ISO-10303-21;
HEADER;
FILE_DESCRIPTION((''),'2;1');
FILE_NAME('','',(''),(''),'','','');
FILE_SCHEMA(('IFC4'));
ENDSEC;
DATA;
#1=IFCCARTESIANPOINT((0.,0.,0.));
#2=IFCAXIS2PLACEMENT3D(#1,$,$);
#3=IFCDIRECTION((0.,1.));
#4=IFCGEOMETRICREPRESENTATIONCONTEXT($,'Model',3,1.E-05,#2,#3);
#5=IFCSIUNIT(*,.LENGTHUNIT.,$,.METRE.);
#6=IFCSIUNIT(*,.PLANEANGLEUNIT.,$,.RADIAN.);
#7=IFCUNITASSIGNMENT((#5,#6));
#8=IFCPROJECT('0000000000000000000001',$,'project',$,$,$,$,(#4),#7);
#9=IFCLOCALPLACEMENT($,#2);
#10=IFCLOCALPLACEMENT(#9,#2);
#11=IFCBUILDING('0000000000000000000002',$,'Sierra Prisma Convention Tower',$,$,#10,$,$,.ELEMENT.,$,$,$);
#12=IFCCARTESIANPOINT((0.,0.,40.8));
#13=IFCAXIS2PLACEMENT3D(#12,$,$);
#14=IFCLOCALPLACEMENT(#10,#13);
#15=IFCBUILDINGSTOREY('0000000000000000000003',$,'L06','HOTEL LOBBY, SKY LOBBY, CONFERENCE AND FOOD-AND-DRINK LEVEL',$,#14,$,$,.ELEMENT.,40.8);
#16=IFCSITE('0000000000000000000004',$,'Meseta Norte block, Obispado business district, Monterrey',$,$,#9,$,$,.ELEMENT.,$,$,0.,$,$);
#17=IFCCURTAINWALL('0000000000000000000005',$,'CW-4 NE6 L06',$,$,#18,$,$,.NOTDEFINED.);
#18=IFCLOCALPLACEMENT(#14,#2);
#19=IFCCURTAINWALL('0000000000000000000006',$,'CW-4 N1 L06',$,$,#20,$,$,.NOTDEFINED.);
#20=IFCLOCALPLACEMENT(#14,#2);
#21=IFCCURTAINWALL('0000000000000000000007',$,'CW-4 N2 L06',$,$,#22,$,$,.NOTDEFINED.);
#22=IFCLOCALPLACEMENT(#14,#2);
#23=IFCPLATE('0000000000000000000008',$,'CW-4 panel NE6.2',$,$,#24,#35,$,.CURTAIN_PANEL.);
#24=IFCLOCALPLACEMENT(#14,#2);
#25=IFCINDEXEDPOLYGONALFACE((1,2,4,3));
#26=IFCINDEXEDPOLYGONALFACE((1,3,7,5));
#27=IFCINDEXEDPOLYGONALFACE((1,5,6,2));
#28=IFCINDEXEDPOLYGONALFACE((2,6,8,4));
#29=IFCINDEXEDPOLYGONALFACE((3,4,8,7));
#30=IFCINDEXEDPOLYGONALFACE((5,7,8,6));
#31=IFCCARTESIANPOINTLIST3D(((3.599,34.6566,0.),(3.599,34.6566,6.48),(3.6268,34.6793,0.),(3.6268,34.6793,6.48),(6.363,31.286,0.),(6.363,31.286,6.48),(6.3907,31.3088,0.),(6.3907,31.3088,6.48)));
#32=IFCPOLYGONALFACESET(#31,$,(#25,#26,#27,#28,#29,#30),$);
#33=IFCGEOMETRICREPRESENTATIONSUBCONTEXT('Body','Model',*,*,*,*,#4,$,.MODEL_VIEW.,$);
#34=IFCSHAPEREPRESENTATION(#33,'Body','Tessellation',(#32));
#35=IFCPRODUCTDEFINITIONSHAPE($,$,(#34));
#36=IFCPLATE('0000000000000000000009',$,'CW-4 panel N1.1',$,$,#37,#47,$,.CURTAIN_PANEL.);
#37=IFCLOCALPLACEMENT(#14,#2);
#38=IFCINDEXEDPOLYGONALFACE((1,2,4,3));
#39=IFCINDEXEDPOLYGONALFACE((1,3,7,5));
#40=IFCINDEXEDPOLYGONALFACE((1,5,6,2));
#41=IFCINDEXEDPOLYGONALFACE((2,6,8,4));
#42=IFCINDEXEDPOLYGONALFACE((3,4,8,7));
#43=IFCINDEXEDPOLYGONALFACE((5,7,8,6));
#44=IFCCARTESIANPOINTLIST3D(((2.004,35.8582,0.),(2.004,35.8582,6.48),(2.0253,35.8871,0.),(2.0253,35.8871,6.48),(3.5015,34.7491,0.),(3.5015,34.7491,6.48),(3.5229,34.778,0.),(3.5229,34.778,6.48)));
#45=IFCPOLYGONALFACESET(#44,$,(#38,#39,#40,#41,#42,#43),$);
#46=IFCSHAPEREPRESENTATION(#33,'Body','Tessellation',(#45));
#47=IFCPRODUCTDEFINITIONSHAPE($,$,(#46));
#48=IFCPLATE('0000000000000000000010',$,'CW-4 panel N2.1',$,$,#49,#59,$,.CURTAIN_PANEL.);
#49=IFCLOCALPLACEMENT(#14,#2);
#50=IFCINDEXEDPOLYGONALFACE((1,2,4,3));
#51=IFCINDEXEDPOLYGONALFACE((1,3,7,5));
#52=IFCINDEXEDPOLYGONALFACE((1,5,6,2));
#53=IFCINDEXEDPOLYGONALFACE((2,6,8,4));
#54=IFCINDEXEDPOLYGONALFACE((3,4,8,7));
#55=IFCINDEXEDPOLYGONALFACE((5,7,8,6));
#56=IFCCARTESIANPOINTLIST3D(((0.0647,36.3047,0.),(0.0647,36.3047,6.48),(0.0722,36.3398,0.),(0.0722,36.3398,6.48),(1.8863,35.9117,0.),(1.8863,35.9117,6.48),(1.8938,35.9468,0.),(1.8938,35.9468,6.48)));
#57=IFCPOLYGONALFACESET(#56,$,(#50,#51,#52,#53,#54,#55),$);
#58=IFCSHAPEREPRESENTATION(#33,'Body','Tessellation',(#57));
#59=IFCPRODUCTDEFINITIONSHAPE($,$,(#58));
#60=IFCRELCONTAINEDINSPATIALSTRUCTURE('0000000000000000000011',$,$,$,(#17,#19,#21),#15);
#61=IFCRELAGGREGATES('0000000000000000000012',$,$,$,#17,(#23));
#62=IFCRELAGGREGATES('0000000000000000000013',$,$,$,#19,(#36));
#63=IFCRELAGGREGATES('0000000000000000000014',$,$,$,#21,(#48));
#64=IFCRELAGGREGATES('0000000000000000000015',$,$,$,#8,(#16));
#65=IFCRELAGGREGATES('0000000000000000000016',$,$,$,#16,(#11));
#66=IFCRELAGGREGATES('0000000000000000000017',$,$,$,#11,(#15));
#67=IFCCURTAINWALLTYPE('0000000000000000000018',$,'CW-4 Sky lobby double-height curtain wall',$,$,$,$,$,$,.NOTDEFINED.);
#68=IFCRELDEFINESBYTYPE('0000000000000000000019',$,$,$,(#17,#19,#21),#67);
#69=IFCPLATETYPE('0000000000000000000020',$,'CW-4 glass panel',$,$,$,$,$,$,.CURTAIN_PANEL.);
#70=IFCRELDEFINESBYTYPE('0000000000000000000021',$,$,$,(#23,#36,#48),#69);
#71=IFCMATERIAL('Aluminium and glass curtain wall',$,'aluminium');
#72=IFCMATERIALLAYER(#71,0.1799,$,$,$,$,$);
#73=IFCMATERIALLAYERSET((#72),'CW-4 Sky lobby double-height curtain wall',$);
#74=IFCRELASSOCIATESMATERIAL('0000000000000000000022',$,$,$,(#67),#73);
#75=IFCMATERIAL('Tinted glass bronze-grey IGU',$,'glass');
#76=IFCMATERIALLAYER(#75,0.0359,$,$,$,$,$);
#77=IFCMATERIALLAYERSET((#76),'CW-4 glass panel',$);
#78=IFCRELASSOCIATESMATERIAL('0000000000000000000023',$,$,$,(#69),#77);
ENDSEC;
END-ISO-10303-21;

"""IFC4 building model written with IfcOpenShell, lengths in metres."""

from ifc_helpers import new_model, si_unit, direction, frame, origin, origin_2d, place, context, subcontext, project, spatial, rectangle, extrude, material, layer, layer_set, type_object, element, aggregate, save


model = new_model("IFC4")

# Units and contexts
model_context = context("Model", 3, precision=1e-05, world=origin(), true_north=direction((0.0, 1.0)))
body_context = subcontext(model_context, "Body", "Model", "MODEL_VIEW")
ifc_project = project(units=[si_unit("LENGTHUNIT", "METRE"), si_unit("PLANEANGLEUNIT", "RADIAN")], contexts=[model_context])

# Site, building, storey
site_placement = place(None, origin())
site = spatial("IfcSite", under=ifc_project, at=site_placement, Name="Meseta Norte block, Obispado business district, Monterrey", CompositionType="ELEMENT", RefElevation=0.0)
building_placement = place(site_placement, origin())
building = spatial("IfcBuilding", under=site, at=building_placement, Name="Sierra Prisma Convention Tower", CompositionType="ELEMENT")
storey_placement = place(building_placement, frame((0.0, 0.0, 40.8)))
storey = spatial("IfcBuildingStorey", under=building, at=storey_placement, Name="L06", Description="HOTEL LOBBY, SKY LOBBY, CONFERENCE AND FOOD-AND-DRINK LEVEL", CompositionType="ELEMENT", Elevation=40.8)

# Shared definitions
ifc_material_1 = material(Name="Aluminium and glass curtain wall", Category="aluminium")
ifc_layer_1 = layer(ifc_material_1, 0.1799)
ifc_layer_set_1 = layer_set([ifc_layer_1], Name="CW-4 Sky lobby double-height curtain wall")
curtain_wall_type = type_object("IfcCurtainWallType", Name="CW-4 Sky lobby double-height curtain wall", PredefinedType="NOTDEFINED", material=ifc_layer_set_1)

# Curtain wall
curtain_wall_1_placement = place(storey_placement, origin())
curtain_wall_1 = element("IfcCurtainWall", 1, at=curtain_wall_1_placement, inside=storey, type_object=curtain_wall_type, Name="CW-4 NE6 L06", PredefinedType="NOTDEFINED")

# Curtain walls
curtain_wall_2_placement = place(storey_placement, origin())
curtain_wall_2 = element("IfcCurtainWall", 2, at=curtain_wall_2_placement, inside=storey, type_object=curtain_wall_type, Name="CW-4 N1 L06", PredefinedType="NOTDEFINED")
curtain_wall_3_placement = place(storey_placement, origin())
curtain_wall_3 = element("IfcCurtainWall", 3, at=curtain_wall_3_placement, inside=storey, type_object=curtain_wall_type, Name="CW-4 N2 L06", PredefinedType="NOTDEFINED")

# Plates
ifc_material_2 = material(Name="Tinted glass bronze-grey IGU", Category="glass")
ifc_layer_2 = layer(ifc_material_2, 0.0359)
ifc_layer_set_2 = layer_set([ifc_layer_2], Name="CW-4 glass panel")
plate_type = type_object("IfcPlateType", Name="CW-4 glass panel", PredefinedType="CURTAIN_PANEL", material=ifc_layer_set_2)
plate_1_placement = place(storey_placement, frame((4.9949, 32.9827, 0.0), z_axis=(0.0, 0.0, 1.0), x_axis=(-0.634089, 0.77326, 0.0)))
plate_1 = element("IfcPlate", 4, at=plate_1_placement, type_object=plate_type, Name="CW-4 panel NE6.2", PredefinedType="CURTAIN_PANEL", context=body_context, shape_type="SweptSolid", body=[
    extrude(rectangle(XDim=4.3589, YDim=0.0359, at=origin_2d()), origin(), (0.0, 0.0, 1.0), 6.48),
])
aggregate(curtain_wall_1, [plate_1])
plate_2_placement = place(storey_placement, frame((2.7634, 35.3181, 0.0), z_axis=(0.0, 0.0, 1.0), x_axis=(-0.803605, 0.595164, 0.0)))
plate_2 = element("IfcPlate", 5, at=plate_2_placement, type_object=plate_type, Name="CW-4 panel N1.1", PredefinedType="CURTAIN_PANEL", context=body_context, shape_type="SweptSolid", body=[
    extrude(rectangle(XDim=1.8635, YDim=0.0359, at=origin_2d()), origin(), (0.0, 0.0, 1.0), 6.48),
])
aggregate(curtain_wall_2, [plate_2])
plate_3_placement = place(storey_placement, frame((0.9792, 36.1257, 0.0), z_axis=(0.0, 0.0, 1.0), x_axis=(-0.977509, 0.210894, 0.0)))
plate_3 = element("IfcPlate", 6, at=plate_3_placement, type_object=plate_type, Name="CW-4 panel N2.1", PredefinedType="CURTAIN_PANEL", context=body_context, shape_type="SweptSolid", body=[
    extrude(rectangle(XDim=1.8635, YDim=0.0359, at=origin_2d()), origin(), (0.0, 0.0, 1.0), 6.48),
])
aggregate(curtain_wall_3, [plate_3])

save(model, "model.ifc")
